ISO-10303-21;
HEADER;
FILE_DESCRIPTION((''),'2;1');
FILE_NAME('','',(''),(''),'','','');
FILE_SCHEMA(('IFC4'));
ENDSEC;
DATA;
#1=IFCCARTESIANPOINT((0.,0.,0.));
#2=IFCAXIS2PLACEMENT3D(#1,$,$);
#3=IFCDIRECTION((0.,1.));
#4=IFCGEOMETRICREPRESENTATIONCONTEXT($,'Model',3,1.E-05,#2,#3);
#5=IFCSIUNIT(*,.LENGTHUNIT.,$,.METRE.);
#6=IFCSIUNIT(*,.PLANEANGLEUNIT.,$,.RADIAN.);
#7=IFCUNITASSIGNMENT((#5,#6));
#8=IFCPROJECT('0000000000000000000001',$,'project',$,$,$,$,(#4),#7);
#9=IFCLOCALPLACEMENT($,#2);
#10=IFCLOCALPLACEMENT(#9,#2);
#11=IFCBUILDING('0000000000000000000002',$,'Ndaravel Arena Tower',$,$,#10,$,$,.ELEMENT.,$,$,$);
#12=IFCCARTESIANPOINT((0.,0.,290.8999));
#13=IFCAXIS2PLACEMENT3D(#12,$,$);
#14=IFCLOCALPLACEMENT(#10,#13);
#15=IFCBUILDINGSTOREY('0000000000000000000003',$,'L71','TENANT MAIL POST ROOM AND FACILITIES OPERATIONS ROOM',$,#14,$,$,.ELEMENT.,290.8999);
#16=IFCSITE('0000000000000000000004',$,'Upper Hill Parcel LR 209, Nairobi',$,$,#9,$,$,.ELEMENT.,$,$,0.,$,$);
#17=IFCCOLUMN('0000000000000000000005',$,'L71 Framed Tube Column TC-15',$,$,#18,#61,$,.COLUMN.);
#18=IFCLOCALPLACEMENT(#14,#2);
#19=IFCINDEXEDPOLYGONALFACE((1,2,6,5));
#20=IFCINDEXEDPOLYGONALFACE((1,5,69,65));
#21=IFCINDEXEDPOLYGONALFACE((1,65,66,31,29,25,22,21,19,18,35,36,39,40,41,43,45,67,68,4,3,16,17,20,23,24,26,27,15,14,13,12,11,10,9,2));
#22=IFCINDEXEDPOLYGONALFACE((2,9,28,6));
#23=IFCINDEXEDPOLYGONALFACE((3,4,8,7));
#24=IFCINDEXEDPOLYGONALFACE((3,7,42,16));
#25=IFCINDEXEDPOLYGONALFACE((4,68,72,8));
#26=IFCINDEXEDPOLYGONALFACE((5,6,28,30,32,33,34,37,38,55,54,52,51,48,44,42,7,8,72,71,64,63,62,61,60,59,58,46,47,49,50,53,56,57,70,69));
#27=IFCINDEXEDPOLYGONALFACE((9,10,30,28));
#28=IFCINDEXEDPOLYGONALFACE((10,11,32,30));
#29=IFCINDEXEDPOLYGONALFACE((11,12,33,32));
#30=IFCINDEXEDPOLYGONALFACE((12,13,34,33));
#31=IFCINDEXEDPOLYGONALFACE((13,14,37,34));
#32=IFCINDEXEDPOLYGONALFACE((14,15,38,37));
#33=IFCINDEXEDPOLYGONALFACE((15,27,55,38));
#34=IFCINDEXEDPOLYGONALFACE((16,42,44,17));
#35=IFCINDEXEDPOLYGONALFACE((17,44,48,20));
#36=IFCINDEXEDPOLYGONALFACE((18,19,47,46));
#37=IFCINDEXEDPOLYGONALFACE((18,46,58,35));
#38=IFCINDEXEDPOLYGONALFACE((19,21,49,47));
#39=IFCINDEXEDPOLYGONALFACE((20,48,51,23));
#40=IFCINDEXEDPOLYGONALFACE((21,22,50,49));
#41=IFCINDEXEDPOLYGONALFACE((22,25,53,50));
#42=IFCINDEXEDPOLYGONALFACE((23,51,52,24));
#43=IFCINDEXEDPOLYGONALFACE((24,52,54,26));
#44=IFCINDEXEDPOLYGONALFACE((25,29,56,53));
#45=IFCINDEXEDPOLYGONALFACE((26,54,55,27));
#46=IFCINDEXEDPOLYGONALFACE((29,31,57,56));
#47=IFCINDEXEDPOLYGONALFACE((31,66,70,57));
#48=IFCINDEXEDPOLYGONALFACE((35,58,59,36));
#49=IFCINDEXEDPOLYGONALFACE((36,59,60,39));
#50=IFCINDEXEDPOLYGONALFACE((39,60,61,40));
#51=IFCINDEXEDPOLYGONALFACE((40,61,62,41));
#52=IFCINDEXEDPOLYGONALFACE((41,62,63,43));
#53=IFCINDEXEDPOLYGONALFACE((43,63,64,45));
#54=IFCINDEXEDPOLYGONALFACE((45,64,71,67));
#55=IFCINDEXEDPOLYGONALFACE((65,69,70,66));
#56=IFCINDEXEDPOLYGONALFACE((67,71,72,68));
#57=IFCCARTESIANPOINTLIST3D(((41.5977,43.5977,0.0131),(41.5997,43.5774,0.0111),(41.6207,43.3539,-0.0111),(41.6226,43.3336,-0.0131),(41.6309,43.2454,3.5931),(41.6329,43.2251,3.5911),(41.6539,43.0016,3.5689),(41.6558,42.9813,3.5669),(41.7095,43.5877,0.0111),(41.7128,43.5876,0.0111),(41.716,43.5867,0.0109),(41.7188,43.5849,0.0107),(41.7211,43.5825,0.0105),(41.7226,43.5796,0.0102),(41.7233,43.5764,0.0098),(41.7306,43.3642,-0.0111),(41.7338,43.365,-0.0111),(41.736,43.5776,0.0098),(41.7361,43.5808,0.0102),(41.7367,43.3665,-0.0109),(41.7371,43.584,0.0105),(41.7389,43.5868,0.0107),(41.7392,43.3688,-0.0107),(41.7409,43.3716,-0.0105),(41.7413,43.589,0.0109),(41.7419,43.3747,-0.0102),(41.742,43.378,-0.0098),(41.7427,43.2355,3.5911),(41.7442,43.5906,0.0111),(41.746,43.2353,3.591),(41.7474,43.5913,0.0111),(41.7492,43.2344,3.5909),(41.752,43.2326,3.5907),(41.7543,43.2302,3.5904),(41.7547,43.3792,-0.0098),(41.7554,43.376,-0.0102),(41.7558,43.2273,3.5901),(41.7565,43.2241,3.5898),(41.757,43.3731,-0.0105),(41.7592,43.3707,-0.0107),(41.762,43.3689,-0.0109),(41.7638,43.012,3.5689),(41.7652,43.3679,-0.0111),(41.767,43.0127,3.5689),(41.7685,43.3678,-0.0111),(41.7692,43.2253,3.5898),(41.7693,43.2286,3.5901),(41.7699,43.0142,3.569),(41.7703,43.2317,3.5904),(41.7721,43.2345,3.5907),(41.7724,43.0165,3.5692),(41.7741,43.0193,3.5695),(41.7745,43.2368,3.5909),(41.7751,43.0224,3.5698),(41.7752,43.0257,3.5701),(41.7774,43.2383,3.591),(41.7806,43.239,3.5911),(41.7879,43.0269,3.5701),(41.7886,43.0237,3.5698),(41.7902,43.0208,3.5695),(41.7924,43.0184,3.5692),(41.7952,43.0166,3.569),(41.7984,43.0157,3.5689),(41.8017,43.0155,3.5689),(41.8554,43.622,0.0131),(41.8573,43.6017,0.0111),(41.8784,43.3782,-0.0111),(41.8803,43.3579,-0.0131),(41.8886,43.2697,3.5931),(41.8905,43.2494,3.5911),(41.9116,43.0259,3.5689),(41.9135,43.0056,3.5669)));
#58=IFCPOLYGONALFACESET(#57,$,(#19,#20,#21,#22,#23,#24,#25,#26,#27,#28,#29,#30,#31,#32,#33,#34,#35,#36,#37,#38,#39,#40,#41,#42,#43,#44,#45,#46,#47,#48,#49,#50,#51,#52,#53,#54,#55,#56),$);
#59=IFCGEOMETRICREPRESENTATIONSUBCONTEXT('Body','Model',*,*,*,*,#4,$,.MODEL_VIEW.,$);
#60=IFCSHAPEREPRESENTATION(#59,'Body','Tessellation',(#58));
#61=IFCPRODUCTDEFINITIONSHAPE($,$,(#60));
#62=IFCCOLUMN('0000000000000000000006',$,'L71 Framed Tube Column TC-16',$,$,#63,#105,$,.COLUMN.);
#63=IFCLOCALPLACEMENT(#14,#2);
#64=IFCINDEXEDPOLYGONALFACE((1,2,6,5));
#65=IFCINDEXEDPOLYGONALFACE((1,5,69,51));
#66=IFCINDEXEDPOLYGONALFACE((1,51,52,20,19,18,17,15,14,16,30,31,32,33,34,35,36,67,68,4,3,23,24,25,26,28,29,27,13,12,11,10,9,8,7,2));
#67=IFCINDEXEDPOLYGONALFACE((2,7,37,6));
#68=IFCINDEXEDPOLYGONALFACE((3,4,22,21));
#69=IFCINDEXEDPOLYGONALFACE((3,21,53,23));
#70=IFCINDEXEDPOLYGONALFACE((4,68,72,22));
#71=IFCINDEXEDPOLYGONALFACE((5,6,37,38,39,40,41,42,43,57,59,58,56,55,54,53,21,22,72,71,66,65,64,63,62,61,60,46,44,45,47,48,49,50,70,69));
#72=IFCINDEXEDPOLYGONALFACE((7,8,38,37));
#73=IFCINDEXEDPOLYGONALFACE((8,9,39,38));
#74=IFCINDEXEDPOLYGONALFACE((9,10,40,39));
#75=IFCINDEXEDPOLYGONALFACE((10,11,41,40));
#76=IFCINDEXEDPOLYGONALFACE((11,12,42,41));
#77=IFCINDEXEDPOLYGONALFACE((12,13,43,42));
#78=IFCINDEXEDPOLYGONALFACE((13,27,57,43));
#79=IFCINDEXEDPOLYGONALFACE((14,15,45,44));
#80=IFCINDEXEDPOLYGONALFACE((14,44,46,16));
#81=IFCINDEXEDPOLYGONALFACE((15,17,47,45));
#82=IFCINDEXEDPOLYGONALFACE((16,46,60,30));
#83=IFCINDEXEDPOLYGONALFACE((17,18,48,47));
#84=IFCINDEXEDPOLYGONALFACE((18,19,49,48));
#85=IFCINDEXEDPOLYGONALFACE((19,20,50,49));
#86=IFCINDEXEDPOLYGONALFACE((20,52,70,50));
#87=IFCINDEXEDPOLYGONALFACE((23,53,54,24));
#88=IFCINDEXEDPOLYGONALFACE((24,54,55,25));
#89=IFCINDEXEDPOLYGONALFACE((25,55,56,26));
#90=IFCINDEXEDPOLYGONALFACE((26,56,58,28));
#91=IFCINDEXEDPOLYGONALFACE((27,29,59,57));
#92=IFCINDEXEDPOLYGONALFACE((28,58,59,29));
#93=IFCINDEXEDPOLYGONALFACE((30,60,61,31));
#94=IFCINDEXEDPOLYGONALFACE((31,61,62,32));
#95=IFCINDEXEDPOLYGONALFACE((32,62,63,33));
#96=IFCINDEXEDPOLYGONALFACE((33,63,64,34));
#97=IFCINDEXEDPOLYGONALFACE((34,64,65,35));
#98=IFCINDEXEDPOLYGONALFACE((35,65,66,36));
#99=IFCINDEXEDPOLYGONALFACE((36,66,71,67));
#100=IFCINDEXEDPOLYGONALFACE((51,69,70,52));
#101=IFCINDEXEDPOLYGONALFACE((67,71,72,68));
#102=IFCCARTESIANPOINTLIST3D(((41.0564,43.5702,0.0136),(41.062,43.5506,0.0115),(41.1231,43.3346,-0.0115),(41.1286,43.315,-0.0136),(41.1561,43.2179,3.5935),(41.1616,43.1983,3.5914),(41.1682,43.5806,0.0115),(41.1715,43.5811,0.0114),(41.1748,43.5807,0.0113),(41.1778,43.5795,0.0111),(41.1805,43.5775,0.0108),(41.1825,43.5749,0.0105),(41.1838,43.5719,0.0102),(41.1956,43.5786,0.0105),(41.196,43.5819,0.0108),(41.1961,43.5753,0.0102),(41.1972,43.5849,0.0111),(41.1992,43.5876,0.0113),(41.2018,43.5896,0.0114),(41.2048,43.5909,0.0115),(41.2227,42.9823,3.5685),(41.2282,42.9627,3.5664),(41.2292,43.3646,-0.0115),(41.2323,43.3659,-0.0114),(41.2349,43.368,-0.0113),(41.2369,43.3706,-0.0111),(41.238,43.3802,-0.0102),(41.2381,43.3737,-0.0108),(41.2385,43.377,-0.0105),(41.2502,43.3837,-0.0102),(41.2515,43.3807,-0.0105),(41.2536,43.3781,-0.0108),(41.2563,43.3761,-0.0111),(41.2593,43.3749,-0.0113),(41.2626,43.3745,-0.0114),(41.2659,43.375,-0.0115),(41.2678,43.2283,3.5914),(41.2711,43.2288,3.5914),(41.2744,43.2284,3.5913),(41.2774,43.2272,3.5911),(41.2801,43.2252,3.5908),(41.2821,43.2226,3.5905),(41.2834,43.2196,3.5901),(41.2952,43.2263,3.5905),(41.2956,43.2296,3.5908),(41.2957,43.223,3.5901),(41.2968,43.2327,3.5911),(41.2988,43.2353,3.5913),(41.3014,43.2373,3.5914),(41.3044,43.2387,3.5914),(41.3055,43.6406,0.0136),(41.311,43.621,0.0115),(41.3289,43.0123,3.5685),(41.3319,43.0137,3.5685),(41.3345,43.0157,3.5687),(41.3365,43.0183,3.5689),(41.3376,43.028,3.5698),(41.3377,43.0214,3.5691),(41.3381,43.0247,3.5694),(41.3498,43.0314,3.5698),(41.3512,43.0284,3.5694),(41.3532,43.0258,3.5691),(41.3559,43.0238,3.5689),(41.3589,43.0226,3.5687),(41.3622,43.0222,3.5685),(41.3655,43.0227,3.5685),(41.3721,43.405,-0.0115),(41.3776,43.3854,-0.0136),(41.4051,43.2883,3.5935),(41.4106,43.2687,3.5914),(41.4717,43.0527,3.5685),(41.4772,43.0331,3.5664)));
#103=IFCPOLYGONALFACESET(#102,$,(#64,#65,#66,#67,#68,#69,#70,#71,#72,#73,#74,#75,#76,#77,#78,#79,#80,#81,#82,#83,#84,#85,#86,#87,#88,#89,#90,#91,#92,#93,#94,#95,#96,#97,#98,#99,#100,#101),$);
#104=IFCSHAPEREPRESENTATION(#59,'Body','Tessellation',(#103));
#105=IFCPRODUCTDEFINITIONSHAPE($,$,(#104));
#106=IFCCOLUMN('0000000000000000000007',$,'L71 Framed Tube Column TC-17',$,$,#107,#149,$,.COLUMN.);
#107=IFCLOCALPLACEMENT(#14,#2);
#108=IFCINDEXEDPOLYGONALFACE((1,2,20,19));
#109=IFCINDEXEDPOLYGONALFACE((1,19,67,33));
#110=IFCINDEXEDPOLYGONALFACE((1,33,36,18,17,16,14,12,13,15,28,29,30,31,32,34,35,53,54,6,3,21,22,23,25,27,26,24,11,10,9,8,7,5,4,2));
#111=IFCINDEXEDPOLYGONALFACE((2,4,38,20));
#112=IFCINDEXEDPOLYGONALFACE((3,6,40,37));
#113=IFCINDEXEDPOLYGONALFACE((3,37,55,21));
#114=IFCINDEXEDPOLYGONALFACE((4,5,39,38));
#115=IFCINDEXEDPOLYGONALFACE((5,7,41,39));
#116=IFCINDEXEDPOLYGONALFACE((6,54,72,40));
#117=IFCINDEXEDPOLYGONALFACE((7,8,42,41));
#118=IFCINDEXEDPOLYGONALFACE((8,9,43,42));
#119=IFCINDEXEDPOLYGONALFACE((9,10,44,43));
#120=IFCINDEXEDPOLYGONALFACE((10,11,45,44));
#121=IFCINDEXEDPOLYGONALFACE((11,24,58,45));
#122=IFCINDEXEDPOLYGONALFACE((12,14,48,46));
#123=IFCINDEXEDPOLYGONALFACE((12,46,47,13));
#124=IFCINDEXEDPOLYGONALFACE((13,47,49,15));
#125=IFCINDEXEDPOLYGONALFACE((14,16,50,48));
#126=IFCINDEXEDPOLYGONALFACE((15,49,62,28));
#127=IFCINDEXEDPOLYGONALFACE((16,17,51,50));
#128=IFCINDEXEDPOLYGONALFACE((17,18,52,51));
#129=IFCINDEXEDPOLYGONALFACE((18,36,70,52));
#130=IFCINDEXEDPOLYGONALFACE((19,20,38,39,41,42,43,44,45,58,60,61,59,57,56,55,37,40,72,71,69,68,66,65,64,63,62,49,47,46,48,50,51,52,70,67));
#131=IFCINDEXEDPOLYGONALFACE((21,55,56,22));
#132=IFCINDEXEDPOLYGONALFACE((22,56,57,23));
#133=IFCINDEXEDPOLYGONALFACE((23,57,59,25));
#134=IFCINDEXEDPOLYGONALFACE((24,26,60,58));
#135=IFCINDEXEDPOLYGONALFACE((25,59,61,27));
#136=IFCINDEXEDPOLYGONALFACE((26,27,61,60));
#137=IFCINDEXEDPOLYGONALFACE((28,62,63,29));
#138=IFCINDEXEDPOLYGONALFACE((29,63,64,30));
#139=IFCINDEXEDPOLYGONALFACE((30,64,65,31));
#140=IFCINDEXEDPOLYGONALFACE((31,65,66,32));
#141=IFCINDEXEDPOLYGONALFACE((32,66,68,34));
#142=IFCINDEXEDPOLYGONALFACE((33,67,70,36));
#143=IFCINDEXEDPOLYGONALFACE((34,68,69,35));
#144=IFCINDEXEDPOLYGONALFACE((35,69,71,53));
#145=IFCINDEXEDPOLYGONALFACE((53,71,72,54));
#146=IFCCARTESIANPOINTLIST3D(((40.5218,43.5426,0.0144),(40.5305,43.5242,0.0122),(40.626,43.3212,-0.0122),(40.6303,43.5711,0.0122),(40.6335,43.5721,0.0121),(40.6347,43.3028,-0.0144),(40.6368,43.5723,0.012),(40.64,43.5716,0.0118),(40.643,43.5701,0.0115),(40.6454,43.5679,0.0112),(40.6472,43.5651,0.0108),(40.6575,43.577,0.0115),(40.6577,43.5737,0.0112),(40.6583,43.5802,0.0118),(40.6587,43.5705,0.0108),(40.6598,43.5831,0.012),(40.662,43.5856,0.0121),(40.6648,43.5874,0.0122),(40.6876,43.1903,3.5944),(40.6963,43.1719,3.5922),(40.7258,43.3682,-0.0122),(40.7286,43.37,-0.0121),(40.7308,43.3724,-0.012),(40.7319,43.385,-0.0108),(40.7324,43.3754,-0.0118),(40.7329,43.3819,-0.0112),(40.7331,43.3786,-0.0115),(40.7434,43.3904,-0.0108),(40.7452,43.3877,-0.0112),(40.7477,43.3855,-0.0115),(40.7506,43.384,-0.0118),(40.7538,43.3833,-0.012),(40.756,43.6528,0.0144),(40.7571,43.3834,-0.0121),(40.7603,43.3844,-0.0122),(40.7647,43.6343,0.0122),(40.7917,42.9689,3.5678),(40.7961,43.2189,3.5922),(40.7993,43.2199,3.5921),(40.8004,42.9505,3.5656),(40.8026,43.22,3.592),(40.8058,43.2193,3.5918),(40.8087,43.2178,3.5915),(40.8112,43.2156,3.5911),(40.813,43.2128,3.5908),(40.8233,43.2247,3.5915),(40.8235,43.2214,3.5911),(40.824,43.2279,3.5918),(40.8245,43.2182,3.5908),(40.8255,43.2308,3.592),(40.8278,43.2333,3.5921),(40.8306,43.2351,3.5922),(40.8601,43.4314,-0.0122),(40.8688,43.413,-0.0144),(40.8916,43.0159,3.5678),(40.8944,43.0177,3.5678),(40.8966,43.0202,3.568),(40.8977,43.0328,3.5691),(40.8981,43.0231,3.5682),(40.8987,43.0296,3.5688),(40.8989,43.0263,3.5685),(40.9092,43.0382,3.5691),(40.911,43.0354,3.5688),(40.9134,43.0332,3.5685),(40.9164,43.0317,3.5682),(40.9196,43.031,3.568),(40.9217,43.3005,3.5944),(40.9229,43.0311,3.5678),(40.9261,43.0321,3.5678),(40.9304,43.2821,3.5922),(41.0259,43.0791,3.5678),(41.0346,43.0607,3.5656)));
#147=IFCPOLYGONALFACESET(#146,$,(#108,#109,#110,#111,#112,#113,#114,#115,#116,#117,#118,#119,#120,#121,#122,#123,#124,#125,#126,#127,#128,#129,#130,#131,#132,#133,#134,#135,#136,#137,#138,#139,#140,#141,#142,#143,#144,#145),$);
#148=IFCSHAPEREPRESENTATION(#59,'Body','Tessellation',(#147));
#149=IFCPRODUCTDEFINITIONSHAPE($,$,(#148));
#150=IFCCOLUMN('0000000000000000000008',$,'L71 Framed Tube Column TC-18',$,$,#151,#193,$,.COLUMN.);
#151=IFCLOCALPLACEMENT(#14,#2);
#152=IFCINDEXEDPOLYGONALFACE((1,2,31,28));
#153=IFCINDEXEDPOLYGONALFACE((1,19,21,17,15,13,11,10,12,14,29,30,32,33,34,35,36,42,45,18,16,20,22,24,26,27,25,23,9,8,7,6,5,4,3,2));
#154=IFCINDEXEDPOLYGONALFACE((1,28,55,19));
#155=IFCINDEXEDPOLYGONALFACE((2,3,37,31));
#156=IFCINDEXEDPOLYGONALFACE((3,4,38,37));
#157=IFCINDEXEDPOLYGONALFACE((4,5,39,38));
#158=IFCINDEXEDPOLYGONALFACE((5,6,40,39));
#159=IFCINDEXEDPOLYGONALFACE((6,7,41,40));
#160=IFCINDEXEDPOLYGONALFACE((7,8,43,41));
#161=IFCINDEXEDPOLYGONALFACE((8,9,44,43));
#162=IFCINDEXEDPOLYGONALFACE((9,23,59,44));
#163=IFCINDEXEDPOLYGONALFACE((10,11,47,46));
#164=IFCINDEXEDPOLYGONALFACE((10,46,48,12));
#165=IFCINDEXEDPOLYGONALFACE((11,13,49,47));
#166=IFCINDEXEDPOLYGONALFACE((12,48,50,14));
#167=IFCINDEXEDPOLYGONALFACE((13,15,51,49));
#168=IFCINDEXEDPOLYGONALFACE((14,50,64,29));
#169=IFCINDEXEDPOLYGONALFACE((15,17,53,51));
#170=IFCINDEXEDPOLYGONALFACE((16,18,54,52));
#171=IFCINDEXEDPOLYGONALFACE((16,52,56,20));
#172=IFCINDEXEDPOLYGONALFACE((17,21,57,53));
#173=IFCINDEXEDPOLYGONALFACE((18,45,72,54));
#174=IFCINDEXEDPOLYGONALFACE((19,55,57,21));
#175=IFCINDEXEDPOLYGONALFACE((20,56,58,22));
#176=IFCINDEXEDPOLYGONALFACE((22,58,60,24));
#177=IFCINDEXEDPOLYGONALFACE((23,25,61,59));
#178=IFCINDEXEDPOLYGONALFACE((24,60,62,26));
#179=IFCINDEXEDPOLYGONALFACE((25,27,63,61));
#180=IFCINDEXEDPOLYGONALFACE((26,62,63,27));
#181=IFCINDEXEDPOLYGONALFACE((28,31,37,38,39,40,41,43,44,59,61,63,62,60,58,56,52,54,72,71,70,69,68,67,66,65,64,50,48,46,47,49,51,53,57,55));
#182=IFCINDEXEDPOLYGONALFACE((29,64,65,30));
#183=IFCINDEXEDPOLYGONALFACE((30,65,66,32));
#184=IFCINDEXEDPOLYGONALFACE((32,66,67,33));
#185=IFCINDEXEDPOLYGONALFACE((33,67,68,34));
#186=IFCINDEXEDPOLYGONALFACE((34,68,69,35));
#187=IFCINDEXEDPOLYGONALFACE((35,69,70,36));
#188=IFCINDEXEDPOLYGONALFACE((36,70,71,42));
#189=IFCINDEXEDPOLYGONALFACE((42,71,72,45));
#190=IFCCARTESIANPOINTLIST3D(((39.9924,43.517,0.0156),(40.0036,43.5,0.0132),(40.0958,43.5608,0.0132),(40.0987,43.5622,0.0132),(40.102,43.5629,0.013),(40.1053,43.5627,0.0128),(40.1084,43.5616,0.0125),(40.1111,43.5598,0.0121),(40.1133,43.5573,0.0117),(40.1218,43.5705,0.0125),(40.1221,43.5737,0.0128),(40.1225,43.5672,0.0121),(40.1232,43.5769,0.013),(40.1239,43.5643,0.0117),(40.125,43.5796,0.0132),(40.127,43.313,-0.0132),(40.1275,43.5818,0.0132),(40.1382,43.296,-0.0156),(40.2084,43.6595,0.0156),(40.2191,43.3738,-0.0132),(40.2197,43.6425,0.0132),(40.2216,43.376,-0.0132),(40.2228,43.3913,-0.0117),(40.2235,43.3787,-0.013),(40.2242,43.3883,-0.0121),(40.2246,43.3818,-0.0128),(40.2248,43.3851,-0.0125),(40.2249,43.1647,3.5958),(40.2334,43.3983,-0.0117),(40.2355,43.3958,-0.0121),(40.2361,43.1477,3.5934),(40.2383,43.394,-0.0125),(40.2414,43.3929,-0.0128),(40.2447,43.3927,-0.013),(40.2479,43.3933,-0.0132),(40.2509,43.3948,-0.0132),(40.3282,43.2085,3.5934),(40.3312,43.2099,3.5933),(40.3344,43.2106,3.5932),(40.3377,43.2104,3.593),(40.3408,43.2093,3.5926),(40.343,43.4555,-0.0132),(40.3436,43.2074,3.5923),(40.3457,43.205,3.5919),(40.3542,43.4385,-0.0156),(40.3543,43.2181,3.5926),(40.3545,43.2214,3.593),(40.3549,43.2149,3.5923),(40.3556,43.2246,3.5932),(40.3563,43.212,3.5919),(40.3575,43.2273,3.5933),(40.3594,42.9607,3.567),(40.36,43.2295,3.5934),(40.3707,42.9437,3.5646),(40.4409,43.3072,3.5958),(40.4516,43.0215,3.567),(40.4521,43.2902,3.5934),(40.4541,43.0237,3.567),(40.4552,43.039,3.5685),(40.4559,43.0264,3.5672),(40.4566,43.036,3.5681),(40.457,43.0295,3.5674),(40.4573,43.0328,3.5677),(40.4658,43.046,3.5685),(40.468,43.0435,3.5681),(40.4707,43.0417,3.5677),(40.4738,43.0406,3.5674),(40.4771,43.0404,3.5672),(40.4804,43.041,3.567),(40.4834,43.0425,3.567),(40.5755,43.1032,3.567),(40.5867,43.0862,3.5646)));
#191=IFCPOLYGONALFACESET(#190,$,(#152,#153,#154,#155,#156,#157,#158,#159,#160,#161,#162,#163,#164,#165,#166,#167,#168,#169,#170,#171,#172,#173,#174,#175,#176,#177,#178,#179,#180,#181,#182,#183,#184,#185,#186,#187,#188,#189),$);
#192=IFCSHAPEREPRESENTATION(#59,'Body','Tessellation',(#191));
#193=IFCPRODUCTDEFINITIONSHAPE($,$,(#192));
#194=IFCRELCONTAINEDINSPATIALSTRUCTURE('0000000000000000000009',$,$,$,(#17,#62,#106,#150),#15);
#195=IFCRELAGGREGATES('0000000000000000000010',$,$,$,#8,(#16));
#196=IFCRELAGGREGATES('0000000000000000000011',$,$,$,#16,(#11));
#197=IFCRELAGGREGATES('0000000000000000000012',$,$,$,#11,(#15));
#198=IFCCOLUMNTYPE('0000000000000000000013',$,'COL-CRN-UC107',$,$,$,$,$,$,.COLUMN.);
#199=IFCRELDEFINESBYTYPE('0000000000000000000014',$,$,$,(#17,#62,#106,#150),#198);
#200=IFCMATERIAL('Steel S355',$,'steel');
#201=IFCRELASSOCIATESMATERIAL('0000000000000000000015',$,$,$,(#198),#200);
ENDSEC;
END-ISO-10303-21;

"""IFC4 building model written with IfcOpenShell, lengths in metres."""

from ifc_helpers import new_model, si_unit, direction, frame, origin, origin_2d, place, context, subcontext, project, spatial, i_section, extrude, material, material_profile, profile_set, type_object, element, save


model = new_model("IFC4")

# Units and contexts
model_context = context("Model", 3, precision=1e-05, world=origin(), true_north=direction((0.0, 1.0)))
body_context = subcontext(model_context, "Body", "Model", "MODEL_VIEW")
ifc_project = project(units=[si_unit("LENGTHUNIT", "METRE"), si_unit("PLANEANGLEUNIT", "RADIAN")], contexts=[model_context])

# Site, building, storey
site_placement = place(None, origin())
site = spatial("IfcSite", under=ifc_project, at=site_placement, Name="Upper Hill Parcel LR 209, Nairobi", CompositionType="ELEMENT", RefElevation=0.0)
building_placement = place(site_placement, origin())
building = spatial("IfcBuilding", under=site, at=building_placement, Name="Ndaravel Arena Tower", CompositionType="ELEMENT")
storey_placement = place(building_placement, frame((0.0, 0.0, 290.8999)))
storey = spatial("IfcBuildingStorey", under=building, at=storey_placement, Name="L71", Description="TENANT MAIL POST ROOM AND FACILITIES OPERATIONS ROOM", CompositionType="ELEMENT", Elevation=290.8999)

# Columns
ifc_material_1 = material(Name="Steel S355", Category="steel")
ifc_material_profile_1 = material_profile(ifc_material_1, i_section(OverallWidth=0.2588, OverallDepth=0.2666, WebThickness=0.0127, FlangeThickness=0.0205, FilletRadius=0.0127, at=origin_2d()), Name="UC 254x254x107")
ifc_profile_set_1 = profile_set([ifc_material_profile_1], Name="Steel S355")
column_type = type_object("IfcColumnType", Name="COL-CRN-UC107", PredefinedType="COLUMN", material=ifc_profile_set_1)
column_1_placement = place(storey_placement, frame((41.739, 43.4778, 0.0), z_axis=(0.009229, -0.097927, 0.995151), x_axis=(0.995588, 0.093832, 0.0)))
element("IfcColumn", 1, at=column_1_placement, inside=storey, type_object=column_type, Name="L71 Framed Tube Column TC-15", PredefinedType="COLUMN", context=body_context, shape_type="SweptSolid", body=[
    extrude(i_section(OverallWidth=0.2588, OverallDepth=0.2666, WebThickness=0.0127, FlangeThickness=0.0205, FilletRadius=0.0127, at=origin_2d()), origin(), (0.0, 0.0, 1.0), 3.5974),
])
column_2_placement = place(storey_placement, frame((41.217, 43.4778, 0.0), z_axis=(0.027679, -0.097894, 0.994812), x_axis=(0.962275, 0.272078, 0.0)))
element("IfcColumn", 2, at=column_2_placement, inside=storey, type_object=column_type, Name="L71 Framed Tube Column TC-16", PredefinedType="COLUMN", context=body_context, shape_type="SweptSolid", body=[
    extrude(i_section(OverallWidth=0.2588, OverallDepth=0.2666, WebThickness=0.0127, FlangeThickness=0.0205, FilletRadius=0.0127, at=origin_2d()), origin(), (0.0, 0.0, 1.0), 3.5986),
])
column_3_placement = place(storey_placement, frame((40.6953, 43.4778, 0.0), z_axis=(0.046032, -0.097827, 0.994138), x_axis=(0.904833, 0.425767, 0.0)))
element("IfcColumn", 3, at=column_3_placement, inside=storey, type_object=column_type, Name="L71 Framed Tube Column TC-17", PredefinedType="COLUMN", context=body_context, shape_type="SweptSolid", body=[
    extrude(i_section(OverallWidth=0.2588, OverallDepth=0.2666, WebThickness=0.0127, FlangeThickness=0.0205, FilletRadius=0.0127, at=origin_2d()), origin(), (0.0, 0.0, 1.0), 3.6011),
])
column_4_placement = place(storey_placement, frame((40.1733, 43.4778, 0.0), z_axis=(0.064474, -0.097727, 0.993123), x_axis=(0.83471, 0.550689, 0.0)))
element("IfcColumn", 4, at=column_4_placement, inside=storey, type_object=column_type, Name="L71 Framed Tube Column TC-18", PredefinedType="COLUMN", context=body_context, shape_type="SweptSolid", body=[
    extrude(i_section(OverallWidth=0.2588, OverallDepth=0.2666, WebThickness=0.0127, FlangeThickness=0.0205, FilletRadius=0.0127, at=origin_2d()), origin(), (0.0, 0.0, 1.0), 3.605),
])

save(model, "model.ifc")
